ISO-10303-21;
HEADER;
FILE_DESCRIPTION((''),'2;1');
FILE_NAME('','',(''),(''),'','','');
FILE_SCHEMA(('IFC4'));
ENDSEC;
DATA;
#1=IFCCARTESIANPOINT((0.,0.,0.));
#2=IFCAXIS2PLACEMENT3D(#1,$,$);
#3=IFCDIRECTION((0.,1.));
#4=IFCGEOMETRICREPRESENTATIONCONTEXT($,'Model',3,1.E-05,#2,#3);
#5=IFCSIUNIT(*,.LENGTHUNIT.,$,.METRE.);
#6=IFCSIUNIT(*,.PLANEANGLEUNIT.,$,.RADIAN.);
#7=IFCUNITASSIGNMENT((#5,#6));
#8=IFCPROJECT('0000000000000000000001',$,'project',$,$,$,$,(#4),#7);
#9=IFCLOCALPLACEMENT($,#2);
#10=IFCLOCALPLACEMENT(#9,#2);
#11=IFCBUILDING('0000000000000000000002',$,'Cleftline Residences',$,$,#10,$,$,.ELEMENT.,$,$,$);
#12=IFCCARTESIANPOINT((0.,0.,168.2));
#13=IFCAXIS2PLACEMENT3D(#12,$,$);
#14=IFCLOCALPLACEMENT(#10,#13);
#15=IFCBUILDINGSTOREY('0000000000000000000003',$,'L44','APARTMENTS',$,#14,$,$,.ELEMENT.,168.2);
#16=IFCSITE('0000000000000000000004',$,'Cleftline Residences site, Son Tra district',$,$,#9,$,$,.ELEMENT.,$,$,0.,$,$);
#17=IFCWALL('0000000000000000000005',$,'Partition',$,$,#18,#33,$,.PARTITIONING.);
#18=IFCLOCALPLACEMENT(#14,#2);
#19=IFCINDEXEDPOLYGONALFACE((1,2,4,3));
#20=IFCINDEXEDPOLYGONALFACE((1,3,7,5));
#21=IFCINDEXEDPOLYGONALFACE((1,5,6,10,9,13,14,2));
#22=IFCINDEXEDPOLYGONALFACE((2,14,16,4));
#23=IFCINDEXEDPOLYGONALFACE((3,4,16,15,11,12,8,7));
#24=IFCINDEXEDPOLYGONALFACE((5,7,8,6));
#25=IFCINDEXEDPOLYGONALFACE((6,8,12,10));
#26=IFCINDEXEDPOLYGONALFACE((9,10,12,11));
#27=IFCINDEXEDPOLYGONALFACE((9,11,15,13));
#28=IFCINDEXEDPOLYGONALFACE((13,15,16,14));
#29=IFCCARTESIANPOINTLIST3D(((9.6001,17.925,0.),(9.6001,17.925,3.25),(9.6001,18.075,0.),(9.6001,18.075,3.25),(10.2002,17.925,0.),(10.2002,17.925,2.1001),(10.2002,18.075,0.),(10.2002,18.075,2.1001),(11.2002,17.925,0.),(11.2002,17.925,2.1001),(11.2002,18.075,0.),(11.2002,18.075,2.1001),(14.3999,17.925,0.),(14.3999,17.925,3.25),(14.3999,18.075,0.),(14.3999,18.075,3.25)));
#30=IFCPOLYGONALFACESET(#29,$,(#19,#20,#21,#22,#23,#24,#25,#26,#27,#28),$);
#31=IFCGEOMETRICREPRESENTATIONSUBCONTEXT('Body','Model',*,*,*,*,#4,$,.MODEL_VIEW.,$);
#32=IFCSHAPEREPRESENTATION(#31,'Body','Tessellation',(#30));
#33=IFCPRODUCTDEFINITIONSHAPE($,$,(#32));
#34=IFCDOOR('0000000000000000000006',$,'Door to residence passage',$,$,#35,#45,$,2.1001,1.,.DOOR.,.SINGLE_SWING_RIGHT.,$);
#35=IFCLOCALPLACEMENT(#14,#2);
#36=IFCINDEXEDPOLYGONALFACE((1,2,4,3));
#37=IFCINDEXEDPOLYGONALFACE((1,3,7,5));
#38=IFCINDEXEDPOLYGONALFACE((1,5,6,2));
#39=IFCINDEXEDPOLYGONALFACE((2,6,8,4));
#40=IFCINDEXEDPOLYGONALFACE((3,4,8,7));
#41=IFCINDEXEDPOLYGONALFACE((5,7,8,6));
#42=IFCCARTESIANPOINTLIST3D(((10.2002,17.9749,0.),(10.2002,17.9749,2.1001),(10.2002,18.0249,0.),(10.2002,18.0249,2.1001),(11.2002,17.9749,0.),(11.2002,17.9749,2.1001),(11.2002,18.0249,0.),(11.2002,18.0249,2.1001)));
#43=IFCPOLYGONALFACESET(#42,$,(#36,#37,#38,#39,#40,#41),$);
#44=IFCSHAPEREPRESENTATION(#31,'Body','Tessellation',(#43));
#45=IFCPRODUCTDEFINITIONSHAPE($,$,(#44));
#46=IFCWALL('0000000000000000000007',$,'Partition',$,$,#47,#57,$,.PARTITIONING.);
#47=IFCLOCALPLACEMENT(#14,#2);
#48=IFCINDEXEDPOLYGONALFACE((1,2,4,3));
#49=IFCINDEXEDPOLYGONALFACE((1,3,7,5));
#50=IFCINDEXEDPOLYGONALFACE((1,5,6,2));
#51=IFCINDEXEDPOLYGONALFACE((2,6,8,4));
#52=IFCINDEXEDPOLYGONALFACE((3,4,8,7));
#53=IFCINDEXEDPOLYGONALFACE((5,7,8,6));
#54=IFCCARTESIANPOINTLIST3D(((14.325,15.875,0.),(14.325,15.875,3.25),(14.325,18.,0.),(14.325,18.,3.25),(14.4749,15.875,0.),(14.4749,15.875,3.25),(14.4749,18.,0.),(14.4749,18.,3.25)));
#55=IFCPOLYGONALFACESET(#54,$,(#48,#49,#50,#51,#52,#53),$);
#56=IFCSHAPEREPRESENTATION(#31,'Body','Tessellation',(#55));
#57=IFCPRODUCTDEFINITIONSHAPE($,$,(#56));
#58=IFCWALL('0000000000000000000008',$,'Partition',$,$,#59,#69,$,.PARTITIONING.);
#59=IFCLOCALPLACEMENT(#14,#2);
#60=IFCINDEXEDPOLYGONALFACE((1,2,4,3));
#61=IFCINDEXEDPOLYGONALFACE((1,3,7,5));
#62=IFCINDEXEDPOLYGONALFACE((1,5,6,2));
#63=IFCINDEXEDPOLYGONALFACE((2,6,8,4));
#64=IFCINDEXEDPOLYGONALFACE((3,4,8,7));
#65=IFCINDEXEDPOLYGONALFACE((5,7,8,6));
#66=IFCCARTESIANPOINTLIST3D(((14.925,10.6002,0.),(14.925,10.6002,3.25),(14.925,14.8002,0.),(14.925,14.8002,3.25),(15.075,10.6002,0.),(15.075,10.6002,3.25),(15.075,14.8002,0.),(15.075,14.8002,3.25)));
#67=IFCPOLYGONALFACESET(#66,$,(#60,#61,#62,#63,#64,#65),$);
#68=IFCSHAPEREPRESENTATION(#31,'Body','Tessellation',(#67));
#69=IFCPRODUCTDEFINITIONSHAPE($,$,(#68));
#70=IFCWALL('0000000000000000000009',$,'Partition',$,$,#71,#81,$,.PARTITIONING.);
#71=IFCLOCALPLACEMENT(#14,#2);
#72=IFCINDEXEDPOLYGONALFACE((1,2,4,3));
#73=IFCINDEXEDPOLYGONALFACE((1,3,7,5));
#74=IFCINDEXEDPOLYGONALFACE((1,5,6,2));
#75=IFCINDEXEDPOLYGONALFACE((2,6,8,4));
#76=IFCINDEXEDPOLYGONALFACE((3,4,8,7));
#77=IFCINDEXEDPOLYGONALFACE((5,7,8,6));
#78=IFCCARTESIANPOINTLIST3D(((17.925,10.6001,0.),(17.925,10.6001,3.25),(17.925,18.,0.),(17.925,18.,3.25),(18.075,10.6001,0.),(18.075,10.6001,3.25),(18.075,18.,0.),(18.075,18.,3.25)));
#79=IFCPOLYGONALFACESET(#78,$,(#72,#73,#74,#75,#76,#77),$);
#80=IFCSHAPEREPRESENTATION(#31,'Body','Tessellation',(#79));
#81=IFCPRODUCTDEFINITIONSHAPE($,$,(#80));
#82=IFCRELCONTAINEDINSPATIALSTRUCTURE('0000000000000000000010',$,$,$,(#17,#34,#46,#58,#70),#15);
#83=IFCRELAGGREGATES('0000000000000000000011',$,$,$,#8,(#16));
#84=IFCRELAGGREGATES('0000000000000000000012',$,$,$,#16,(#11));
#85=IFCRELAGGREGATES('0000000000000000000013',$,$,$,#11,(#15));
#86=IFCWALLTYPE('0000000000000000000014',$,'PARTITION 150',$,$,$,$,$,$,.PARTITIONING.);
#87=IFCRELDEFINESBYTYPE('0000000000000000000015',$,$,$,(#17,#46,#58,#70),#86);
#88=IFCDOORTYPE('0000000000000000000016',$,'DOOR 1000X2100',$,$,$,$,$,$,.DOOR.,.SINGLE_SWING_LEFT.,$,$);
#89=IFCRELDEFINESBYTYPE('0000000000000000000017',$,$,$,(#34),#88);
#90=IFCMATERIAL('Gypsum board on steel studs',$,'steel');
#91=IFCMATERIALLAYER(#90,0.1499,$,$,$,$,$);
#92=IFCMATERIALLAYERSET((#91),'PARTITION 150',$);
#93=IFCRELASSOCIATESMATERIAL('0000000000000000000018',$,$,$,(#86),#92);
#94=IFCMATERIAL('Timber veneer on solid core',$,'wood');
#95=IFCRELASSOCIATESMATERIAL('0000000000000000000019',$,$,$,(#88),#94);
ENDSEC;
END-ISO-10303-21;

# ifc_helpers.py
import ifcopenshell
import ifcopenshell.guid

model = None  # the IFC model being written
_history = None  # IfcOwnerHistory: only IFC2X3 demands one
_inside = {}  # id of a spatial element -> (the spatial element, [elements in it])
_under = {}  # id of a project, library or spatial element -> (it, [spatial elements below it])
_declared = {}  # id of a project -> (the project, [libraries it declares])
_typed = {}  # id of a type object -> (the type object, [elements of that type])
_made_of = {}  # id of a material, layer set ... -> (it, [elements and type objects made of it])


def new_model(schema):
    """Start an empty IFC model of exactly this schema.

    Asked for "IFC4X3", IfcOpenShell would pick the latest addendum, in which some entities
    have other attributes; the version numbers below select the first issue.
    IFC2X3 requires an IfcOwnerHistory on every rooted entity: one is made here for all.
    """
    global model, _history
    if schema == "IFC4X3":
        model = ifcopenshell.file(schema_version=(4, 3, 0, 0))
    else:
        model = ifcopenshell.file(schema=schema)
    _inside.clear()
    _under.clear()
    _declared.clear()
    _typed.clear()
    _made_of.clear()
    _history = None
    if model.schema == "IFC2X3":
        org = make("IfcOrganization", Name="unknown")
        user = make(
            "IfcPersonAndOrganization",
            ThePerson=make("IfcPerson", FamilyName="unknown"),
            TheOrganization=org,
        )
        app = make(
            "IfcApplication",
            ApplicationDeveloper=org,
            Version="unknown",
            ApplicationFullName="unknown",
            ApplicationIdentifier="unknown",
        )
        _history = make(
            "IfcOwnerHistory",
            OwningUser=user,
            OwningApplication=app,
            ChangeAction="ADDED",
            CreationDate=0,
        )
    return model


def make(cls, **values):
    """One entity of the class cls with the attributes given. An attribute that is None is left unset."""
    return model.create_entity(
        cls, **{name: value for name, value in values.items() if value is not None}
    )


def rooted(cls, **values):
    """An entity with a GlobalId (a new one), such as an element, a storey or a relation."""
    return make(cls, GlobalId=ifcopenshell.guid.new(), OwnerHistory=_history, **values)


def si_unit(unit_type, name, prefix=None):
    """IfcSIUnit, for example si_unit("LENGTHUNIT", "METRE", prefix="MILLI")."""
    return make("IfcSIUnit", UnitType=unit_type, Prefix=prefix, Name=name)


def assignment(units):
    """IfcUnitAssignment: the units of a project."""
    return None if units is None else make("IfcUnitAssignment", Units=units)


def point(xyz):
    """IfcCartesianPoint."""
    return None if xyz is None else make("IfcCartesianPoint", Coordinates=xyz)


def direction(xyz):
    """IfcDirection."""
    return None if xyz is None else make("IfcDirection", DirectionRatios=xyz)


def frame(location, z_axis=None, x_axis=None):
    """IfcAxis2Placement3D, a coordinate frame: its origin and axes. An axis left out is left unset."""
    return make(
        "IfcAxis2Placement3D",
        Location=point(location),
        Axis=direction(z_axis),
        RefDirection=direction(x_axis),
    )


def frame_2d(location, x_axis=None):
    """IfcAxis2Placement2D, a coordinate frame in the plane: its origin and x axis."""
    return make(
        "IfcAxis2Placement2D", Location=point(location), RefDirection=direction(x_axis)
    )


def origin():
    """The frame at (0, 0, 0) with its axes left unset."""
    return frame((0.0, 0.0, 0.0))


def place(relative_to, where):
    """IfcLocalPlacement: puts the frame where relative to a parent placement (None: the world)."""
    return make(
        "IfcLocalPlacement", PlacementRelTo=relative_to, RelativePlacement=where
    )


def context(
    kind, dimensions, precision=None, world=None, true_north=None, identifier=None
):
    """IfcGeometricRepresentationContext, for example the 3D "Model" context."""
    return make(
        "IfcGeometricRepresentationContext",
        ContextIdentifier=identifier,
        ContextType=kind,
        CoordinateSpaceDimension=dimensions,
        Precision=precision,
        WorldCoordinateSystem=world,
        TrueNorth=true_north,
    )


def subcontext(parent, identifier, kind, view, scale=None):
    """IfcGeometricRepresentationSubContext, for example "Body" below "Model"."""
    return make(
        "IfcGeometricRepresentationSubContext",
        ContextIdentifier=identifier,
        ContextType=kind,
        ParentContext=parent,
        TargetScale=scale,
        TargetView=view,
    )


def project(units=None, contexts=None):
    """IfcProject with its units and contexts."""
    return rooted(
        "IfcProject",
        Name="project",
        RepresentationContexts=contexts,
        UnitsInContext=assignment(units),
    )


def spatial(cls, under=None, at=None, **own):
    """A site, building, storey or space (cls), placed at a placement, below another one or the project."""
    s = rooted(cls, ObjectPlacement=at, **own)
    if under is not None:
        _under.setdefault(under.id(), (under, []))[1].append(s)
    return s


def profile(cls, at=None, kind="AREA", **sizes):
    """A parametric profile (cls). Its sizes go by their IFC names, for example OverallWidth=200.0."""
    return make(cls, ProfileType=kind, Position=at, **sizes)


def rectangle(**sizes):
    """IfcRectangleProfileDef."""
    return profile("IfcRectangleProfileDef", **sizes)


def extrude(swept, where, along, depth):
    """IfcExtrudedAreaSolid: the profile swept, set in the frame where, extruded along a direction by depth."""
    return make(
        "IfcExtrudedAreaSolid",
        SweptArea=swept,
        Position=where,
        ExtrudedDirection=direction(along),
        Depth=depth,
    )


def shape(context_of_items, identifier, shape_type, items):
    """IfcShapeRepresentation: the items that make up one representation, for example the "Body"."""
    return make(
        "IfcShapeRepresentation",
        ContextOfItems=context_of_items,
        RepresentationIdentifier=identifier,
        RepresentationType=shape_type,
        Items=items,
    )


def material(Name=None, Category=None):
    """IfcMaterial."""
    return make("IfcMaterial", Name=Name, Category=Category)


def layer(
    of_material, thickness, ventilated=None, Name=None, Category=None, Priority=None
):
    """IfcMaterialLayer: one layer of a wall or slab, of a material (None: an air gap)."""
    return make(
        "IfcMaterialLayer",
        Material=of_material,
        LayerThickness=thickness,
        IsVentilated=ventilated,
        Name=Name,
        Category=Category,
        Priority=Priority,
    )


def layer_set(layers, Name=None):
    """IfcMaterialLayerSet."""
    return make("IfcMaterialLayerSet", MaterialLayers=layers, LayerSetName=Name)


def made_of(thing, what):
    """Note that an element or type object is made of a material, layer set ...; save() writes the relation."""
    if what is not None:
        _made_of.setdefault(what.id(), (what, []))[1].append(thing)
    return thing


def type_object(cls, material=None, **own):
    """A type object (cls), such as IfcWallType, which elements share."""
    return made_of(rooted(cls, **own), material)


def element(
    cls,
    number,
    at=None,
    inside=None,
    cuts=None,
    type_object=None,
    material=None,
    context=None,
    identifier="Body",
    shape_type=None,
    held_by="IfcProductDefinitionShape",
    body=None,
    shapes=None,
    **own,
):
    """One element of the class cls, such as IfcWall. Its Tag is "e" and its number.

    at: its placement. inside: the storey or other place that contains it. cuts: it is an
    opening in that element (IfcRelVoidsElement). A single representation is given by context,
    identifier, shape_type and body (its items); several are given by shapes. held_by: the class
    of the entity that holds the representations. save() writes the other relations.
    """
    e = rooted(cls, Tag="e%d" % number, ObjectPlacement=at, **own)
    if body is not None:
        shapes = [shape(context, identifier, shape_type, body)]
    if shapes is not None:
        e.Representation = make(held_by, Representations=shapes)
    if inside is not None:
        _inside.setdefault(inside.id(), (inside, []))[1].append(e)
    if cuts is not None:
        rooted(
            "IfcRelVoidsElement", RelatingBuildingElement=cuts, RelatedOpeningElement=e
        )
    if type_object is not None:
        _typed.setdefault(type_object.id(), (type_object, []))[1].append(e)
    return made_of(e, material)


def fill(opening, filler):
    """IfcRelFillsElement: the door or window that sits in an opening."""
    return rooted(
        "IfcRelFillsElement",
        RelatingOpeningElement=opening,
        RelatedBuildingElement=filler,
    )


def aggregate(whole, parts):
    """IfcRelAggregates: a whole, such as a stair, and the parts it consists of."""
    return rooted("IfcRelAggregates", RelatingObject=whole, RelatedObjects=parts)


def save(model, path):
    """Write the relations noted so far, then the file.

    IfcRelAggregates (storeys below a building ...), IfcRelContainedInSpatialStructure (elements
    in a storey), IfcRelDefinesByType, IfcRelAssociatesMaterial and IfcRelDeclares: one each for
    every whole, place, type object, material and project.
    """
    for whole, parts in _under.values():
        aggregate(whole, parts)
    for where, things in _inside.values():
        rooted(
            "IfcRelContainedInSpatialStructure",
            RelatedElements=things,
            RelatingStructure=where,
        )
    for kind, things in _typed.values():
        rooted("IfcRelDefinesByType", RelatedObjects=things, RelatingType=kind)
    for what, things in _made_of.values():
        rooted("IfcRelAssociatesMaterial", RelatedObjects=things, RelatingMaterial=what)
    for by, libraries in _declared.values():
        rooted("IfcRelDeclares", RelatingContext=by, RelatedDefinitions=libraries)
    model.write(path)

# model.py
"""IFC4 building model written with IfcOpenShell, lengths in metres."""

from ifc_helpers import new_model, si_unit, direction, frame, frame_2d, origin, place, context, subcontext, project, spatial, rectangle, extrude, material, layer, layer_set, type_object, element, fill, save


model = new_model("IFC4")

# Units and contexts
model_context = context("Model", 3, precision=1e-05, world=origin(), true_north=direction((0.0, 1.0)))
body_context = subcontext(model_context, "Body", "Model", "MODEL_VIEW")
ifc_project = project(units=[si_unit("LENGTHUNIT", "METRE"), si_unit("PLANEANGLEUNIT", "RADIAN")], contexts=[model_context])

# Site, building, storey
site_placement = place(None, origin())
site = spatial("IfcSite", under=ifc_project, at=site_placement, Name="Cleftline Residences site, Son Tra district", CompositionType="ELEMENT", RefElevation=0.0)
building_placement = place(site_placement, origin())
building = spatial("IfcBuilding", under=site, at=building_placement, Name="Cleftline Residences", CompositionType="ELEMENT")
storey_placement = place(building_placement, frame((0.0, 0.0, 168.2)))
storey = spatial("IfcBuildingStorey", under=building, at=storey_placement, Name="L44", Description="APARTMENTS", CompositionType="ELEMENT", Elevation=168.2)

# Shared definitions
ifc_material_1 = material(Name="Gypsum board on steel studs", Category="steel")
ifc_layer_1 = layer(ifc_material_1, 0.1499)
ifc_layer_set_1 = layer_set([ifc_layer_1], Name="PARTITION 150")
wall_type_1 = type_object("IfcWallType", Name="PARTITION 150", PredefinedType="PARTITIONING", material=ifc_layer_set_1)

# Wall, opening, door
wall_1_placement = place(storey_placement, frame((9.6001, 18.0, 0.0), z_axis=(0.0, 0.0, 1.0), x_axis=(1.0, 0.0, 0.0)))
wall_1 = element("IfcWall", 1, at=wall_1_placement, inside=storey, type_object=wall_type_1, Name="Partition", PredefinedType="PARTITIONING", context=body_context, shape_type="SweptSolid", body=[
    extrude(rectangle(XDim=4.7998, YDim=0.1499, at=frame_2d((2.3999, 0.0))), origin(), (0.0, 0.0, 1.0), 3.25),
])
opening_1_placement = place(wall_1_placement, frame((0.6001, 0.0, 0.0)))
opening_1 = element("IfcOpeningElement", 2, at=opening_1_placement, cuts=wall_1, PredefinedType="OPENING", context=body_context, shape_type="SweptSolid", body=[
    extrude(rectangle(XDim=1.0, YDim=2.1001, at=frame_2d((0.5, 1.05))), frame((0.0, 0.085, 0.0), z_axis=(0.0, -1.0, 0.0), x_axis=(1.0, 0.0, 0.0)), (0.0, 0.0, 1.0), 0.1699),
])
ifc_material_2 = material(Name="Timber veneer on solid core", Category="wood")
door_type_1 = type_object("IfcDoorType", Name="DOOR 1000X2100", OperationType="SINGLE_SWING_LEFT", PredefinedType="DOOR", material=ifc_material_2)
door_1_placement = place(opening_1_placement, origin())
door_1 = element("IfcDoor", 3, at=door_1_placement, inside=storey, type_object=door_type_1, Name="Door to residence passage", OperationType="SINGLE_SWING_RIGHT", OverallHeight=2.1001, OverallWidth=1.0, PredefinedType="DOOR", context=body_context, shape_type="SweptSolid", body=[
    extrude(rectangle(XDim=1.0, YDim=2.1001, at=frame_2d((0.5, 1.05))), frame((0.0, 0.0249, 0.0), z_axis=(0.0, -1.0, 0.0), x_axis=(1.0, 0.0, 0.0)), (0.0, 0.0, 1.0), 0.05),
])
fill(opening_1, door_1)

# Walls
wall_2_placement = place(storey_placement, frame((14.3999, 15.875, 0.0), z_axis=(0.0, 0.0, 1.0), x_axis=(0.0, 1.0, 0.0)))
element("IfcWall", 4, at=wall_2_placement, inside=storey, type_object=wall_type_1, Name="Partition", PredefinedType="PARTITIONING", context=body_context, shape_type="SweptSolid", body=[
    extrude(rectangle(XDim=2.125, YDim=0.1499, at=frame_2d((1.0625, 0.0))), origin(), (0.0, 0.0, 1.0), 3.25),
])
wall_3_placement = place(storey_placement, frame((15.0, 10.6001, 0.0), z_axis=(0.0, 0.0, 1.0), x_axis=(0.0, 1.0, 0.0)))
element("IfcWall", 5, at=wall_3_placement, inside=storey, type_object=wall_type_1, Name="Partition", PredefinedType="PARTITIONING", context=body_context, shape_type="SweptSolid", body=[
    extrude(rectangle(XDim=4.2, YDim=0.1499, at=frame_2d((2.1001, 0.0))), origin(), (0.0, 0.0, 1.0), 3.25),
])
wall_4_placement = place(storey_placement, frame((18.0, 10.6001, 0.0), z_axis=(0.0, 0.0, 1.0), x_axis=(0.0, 1.0, 0.0)))
element("IfcWall", 6, at=wall_4_placement, inside=storey, type_object=wall_type_1, Name="Partition", PredefinedType="PARTITIONING", context=body_context, shape_type="SweptSolid", body=[
    extrude(rectangle(XDim=7.3999, YDim=0.1499, at=frame_2d((3.7, 0.0))), origin(), (0.0, 0.0, 1.0), 3.25),
])

save(model, "model.ifc")
